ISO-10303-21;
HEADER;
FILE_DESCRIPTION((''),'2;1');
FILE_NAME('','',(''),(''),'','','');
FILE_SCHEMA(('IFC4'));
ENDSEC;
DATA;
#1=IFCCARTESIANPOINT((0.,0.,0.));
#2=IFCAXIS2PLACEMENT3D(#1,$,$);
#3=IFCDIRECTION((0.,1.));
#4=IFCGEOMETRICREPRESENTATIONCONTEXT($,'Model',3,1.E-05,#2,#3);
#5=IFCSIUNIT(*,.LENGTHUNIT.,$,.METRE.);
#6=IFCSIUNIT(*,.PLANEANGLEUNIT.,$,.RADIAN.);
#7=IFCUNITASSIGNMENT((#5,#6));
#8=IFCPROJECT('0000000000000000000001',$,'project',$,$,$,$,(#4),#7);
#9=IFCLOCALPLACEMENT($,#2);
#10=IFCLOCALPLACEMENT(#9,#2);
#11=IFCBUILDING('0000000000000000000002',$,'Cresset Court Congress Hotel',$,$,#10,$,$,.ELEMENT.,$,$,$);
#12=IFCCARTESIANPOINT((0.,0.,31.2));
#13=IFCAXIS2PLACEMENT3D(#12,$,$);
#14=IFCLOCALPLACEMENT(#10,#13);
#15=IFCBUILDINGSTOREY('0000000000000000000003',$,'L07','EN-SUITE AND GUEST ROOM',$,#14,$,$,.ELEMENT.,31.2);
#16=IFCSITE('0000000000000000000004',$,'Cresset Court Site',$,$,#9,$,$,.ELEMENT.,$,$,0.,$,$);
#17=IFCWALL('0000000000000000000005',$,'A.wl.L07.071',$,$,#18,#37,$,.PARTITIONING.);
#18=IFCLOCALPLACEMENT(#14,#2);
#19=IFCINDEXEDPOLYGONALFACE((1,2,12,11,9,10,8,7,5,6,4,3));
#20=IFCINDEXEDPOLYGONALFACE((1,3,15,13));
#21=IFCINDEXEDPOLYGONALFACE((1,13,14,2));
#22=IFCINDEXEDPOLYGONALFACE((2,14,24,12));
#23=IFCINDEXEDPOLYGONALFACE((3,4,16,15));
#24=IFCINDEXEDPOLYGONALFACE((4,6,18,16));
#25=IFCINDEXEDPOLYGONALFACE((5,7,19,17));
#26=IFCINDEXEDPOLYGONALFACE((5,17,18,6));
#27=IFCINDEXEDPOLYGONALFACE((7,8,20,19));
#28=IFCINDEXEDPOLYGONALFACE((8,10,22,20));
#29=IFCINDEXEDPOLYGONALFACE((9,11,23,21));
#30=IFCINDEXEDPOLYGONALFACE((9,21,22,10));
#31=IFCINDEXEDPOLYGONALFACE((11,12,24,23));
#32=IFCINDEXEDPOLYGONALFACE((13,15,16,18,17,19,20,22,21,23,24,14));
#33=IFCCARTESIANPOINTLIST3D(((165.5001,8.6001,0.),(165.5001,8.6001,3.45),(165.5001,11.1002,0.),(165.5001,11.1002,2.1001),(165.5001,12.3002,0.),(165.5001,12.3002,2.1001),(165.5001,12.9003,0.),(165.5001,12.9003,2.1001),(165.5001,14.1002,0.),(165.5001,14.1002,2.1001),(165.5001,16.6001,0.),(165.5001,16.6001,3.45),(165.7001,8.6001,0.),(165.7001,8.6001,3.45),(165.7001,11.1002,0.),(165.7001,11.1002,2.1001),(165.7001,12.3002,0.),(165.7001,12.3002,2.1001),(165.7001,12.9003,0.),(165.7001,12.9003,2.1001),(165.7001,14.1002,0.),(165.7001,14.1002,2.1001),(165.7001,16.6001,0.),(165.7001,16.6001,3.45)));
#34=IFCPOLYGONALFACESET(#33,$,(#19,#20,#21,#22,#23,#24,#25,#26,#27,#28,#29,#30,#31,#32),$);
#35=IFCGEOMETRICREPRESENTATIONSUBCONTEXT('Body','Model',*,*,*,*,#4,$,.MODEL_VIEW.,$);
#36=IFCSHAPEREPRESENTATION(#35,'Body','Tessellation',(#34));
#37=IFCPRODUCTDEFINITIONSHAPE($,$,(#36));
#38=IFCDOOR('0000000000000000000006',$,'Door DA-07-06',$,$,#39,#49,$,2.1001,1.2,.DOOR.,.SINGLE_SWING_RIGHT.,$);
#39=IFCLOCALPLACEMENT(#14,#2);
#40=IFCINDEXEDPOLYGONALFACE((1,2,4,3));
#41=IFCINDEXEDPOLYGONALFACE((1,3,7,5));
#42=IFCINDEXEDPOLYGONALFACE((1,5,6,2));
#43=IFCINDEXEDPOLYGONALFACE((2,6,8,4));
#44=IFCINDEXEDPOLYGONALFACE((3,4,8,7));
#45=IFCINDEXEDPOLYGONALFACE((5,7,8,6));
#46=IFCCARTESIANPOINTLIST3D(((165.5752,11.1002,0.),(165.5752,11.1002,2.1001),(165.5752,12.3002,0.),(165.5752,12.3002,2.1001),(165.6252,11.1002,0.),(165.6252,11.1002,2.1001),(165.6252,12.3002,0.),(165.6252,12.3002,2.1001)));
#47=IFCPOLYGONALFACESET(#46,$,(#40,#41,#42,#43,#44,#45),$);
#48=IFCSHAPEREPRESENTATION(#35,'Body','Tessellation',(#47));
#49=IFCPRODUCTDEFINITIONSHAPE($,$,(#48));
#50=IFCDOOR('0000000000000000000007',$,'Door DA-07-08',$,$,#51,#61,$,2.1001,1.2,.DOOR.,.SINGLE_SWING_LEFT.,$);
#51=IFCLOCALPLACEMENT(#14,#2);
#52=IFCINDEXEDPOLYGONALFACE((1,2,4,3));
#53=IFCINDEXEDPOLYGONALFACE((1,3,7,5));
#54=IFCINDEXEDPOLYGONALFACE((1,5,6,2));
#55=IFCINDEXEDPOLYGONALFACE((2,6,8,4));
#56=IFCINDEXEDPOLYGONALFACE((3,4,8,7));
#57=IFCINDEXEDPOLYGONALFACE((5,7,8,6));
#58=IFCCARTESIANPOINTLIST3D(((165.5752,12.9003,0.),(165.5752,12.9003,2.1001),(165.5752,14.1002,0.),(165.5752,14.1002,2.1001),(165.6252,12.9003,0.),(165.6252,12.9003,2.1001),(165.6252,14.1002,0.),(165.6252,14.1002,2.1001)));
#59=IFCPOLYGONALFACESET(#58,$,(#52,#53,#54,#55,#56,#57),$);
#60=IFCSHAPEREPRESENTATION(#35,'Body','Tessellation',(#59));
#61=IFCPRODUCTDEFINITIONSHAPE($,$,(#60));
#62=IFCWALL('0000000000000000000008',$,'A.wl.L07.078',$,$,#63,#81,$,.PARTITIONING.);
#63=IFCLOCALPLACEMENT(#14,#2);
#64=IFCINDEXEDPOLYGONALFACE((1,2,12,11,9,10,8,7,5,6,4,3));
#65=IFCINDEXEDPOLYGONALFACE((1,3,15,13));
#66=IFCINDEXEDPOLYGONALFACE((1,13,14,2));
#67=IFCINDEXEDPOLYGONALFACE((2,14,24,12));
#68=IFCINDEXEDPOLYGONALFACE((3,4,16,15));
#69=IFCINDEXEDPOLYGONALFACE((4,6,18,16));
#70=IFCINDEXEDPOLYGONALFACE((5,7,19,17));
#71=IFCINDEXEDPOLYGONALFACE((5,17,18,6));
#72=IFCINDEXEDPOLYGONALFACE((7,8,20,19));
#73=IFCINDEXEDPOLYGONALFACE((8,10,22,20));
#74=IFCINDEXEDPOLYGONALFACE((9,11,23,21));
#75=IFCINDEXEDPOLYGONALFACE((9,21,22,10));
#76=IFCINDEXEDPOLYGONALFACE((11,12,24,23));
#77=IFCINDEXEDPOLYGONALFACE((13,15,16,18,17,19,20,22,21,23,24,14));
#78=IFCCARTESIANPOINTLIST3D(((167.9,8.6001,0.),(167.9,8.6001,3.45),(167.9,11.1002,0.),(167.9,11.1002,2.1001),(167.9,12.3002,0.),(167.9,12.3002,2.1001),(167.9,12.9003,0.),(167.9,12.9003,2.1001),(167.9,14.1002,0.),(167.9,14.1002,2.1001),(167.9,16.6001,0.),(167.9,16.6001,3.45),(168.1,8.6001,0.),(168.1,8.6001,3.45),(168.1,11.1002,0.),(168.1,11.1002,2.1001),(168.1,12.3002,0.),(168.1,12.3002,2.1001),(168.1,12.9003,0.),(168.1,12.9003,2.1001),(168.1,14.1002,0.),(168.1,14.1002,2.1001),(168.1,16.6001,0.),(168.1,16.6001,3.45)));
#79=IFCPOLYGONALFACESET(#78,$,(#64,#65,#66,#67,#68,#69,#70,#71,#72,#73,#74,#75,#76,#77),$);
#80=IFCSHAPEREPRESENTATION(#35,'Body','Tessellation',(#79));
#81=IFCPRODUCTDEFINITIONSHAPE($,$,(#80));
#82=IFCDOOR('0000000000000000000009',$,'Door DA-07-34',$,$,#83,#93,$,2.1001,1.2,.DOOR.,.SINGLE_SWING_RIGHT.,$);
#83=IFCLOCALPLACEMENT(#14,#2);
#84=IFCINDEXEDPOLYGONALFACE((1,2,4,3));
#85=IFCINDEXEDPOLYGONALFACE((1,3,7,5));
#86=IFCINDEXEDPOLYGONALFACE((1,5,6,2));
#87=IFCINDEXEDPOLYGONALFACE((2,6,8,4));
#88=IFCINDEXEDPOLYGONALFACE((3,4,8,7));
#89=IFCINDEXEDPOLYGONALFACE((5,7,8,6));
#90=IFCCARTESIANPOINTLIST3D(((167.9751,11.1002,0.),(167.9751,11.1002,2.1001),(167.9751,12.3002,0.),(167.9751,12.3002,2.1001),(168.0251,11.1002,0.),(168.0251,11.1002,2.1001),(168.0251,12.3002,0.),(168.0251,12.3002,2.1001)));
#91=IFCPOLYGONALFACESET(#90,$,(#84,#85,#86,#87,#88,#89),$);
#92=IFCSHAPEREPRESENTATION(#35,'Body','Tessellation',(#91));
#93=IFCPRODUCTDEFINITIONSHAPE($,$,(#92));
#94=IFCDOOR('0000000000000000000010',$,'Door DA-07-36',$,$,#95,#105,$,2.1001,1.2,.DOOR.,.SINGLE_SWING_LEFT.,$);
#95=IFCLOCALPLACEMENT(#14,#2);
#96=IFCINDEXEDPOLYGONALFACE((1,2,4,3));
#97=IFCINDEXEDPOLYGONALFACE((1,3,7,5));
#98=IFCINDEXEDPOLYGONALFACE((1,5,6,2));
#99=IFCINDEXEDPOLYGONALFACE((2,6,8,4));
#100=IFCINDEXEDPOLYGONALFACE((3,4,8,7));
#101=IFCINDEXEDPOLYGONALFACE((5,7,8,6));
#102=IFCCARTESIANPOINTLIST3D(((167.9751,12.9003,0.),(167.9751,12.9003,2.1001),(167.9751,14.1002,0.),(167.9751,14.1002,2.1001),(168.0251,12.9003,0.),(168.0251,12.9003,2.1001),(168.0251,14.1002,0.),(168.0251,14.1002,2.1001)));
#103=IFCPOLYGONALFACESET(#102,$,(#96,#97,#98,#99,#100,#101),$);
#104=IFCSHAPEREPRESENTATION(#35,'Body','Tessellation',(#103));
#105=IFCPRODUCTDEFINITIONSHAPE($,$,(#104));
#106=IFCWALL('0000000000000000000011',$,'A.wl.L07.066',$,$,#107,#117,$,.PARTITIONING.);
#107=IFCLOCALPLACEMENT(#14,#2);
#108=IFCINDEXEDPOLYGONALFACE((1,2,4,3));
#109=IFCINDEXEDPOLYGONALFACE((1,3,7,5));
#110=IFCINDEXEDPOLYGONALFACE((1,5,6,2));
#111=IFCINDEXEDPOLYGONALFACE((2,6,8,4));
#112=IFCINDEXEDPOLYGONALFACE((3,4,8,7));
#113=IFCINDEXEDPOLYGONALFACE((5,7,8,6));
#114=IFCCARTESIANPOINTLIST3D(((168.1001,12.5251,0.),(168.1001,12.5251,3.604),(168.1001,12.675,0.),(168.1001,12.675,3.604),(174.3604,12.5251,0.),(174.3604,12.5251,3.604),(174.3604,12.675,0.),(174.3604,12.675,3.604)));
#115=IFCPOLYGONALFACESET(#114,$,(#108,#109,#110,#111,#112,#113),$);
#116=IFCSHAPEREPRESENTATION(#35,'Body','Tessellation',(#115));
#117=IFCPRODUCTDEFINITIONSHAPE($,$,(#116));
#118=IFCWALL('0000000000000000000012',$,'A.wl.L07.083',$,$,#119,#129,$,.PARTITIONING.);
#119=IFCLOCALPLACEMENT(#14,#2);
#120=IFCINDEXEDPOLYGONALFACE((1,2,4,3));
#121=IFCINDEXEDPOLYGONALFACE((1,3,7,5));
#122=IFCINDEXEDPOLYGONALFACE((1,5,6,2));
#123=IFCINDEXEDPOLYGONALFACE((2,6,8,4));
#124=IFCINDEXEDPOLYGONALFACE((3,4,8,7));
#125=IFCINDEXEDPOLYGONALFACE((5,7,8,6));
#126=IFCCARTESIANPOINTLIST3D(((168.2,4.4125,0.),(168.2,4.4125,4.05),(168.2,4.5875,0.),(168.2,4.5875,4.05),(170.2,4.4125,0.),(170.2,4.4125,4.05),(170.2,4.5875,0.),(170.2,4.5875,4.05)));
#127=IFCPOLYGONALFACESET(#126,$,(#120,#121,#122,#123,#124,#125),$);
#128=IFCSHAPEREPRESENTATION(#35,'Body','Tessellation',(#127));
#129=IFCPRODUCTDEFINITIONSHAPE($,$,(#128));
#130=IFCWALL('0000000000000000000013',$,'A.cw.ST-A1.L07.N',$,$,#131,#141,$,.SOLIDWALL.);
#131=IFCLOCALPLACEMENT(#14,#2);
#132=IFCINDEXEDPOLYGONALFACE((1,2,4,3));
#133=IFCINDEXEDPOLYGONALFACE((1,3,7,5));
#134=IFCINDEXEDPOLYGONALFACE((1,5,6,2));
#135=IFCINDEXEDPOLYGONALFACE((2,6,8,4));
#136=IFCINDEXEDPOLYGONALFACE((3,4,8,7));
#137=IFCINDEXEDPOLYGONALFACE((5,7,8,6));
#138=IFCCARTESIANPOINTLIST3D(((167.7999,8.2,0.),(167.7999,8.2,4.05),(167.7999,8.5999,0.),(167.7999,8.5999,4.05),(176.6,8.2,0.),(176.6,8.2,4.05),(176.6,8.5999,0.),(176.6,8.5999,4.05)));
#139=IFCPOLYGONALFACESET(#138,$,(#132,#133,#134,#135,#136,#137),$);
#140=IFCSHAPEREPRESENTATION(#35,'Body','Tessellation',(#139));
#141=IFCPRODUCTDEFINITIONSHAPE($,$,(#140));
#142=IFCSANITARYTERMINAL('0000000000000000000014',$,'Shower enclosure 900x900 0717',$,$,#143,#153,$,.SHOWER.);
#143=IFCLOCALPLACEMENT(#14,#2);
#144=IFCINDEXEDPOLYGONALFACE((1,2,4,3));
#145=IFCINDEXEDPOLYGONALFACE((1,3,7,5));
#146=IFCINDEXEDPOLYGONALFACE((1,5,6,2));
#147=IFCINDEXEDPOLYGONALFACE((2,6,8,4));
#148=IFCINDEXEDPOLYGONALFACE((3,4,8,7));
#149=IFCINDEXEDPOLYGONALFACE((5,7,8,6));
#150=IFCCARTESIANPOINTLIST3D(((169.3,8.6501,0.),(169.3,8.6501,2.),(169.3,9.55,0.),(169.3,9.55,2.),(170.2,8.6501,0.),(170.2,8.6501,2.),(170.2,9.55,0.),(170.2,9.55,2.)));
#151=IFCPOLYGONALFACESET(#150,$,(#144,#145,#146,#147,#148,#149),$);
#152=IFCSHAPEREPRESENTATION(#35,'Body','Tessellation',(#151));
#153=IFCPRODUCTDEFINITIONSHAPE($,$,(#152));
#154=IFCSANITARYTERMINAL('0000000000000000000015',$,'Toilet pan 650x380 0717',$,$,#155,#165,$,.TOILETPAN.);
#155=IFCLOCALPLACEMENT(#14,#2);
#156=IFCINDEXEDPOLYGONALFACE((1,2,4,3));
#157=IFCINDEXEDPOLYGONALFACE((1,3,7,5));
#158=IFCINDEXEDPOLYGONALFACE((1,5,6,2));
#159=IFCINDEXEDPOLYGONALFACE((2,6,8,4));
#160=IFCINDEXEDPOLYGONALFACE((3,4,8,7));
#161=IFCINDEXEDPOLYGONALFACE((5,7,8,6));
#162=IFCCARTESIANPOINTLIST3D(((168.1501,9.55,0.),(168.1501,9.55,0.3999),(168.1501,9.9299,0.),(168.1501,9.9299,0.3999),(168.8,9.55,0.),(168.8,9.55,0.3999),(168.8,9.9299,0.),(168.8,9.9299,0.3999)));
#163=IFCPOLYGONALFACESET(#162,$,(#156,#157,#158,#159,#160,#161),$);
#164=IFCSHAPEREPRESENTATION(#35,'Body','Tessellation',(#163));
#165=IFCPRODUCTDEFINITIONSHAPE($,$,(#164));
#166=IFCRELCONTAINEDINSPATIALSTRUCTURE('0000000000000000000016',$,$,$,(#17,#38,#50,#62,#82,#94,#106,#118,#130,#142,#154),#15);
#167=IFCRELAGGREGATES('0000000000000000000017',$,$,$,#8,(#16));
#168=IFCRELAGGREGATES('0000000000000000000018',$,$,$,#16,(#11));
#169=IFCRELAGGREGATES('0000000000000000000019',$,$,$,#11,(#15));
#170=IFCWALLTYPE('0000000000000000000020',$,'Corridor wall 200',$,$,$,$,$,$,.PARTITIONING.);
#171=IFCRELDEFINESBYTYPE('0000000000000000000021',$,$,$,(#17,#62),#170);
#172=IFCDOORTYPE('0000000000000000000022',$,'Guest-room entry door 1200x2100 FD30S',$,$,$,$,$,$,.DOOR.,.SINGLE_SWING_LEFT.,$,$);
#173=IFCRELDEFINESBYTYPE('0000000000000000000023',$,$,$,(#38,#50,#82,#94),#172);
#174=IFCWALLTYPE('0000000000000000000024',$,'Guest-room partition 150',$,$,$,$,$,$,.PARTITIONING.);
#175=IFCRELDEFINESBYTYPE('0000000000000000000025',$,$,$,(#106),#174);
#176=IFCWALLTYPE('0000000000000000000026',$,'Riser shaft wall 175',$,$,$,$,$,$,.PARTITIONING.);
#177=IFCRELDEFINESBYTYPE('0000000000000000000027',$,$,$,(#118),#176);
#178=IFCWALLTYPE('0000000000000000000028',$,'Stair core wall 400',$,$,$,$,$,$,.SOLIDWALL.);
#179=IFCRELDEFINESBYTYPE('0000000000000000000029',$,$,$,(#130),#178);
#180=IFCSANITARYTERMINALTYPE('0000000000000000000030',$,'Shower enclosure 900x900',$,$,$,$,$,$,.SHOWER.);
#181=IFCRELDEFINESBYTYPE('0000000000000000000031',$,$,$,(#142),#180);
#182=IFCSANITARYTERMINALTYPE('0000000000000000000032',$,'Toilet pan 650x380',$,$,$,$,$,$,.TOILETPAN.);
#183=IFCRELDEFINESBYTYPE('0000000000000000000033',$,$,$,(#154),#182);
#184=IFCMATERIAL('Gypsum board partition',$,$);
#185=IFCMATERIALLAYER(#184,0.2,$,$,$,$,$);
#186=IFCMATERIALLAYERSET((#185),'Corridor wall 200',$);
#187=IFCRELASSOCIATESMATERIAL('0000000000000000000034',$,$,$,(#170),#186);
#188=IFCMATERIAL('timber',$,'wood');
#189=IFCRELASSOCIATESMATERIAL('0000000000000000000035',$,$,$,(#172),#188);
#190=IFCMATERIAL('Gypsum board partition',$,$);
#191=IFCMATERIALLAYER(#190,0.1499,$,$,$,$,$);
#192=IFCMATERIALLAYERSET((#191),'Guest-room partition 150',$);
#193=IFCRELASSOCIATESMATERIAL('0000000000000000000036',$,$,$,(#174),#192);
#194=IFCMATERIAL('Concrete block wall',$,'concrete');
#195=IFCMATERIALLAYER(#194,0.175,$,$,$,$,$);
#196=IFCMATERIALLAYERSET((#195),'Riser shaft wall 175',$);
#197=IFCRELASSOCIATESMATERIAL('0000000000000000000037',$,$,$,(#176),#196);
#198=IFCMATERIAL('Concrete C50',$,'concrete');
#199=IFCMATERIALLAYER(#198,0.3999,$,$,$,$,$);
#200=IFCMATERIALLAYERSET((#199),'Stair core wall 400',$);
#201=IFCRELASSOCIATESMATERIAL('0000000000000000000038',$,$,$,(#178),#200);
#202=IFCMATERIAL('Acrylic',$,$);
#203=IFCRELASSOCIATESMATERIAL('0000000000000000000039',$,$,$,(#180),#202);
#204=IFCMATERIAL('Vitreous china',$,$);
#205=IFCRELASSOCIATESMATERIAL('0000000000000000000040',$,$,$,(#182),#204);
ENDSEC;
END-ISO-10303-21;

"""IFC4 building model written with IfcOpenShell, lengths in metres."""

from ifc_helpers import new_model, si_unit, direction, frame, frame_2d, origin, origin_2d, place, context, subcontext, project, spatial, rectangle, extrude, material, layer, layer_set, type_object, element, fill, save


model = new_model("IFC4")

# Units and contexts
model_context = context("Model", 3, precision=1e-05, world=origin(), true_north=direction((0.0, 1.0)))
body_context = subcontext(model_context, "Body", "Model", "MODEL_VIEW")
ifc_project = project(units=[si_unit("LENGTHUNIT", "METRE"), si_unit("PLANEANGLEUNIT", "RADIAN")], contexts=[model_context])

# Site, building, storey
site_placement = place(None, origin())
site = spatial("IfcSite", under=ifc_project, at=site_placement, Name="Cresset Court Site", CompositionType="ELEMENT", RefElevation=0.0)
building_placement = place(site_placement, origin())
building = spatial("IfcBuilding", under=site, at=building_placement, Name="Cresset Court Congress Hotel", CompositionType="ELEMENT")
storey_placement = place(building_placement, frame((0.0, 0.0, 31.2)))
storey = spatial("IfcBuildingStorey", under=building, at=storey_placement, Name="L07", Description="EN-SUITE AND GUEST ROOM", CompositionType="ELEMENT", Elevation=31.2)

# Walls, openings, doors
ifc_material_1 = material(Name="Gypsum board partition")
ifc_layer_1 = layer(ifc_material_1, 0.2)
ifc_layer_set_1 = layer_set([ifc_layer_1], Name="Corridor wall 200")
wall_type_1 = type_object("IfcWallType", Name="Corridor wall 200", PredefinedType="PARTITIONING", material=ifc_layer_set_1)
wall_1_placement = place(storey_placement, frame((165.6001, 8.6001, 0.0), z_axis=(0.0, 0.0, 1.0), x_axis=(0.0, 1.0, 0.0)))
wall_1 = element("IfcWall", 1, at=wall_1_placement, inside=storey, type_object=wall_type_1, Name="A.wl.L07.071", PredefinedType="PARTITIONING", context=body_context, shape_type="SweptSolid", body=[
    extrude(rectangle(XDim=8.0, YDim=0.2, at=frame_2d((4.0, 0.0))), origin(), (0.0, 0.0, 1.0), 3.45),
])
opening_1_placement = place(wall_1_placement, frame((2.5, 0.0, 0.0)))
opening_1 = element("IfcOpeningElement", 2, at=opening_1_placement, cuts=wall_1, PredefinedType="OPENING", context=body_context, shape_type="SweptSolid", body=[
    extrude(rectangle(XDim=1.2, YDim=2.1001, at=frame_2d((0.6001, 1.05))), frame((0.0, 0.1099, 0.0), z_axis=(0.0, -1.0, 0.0), x_axis=(1.0, 0.0, 0.0)), (0.0, 0.0, 1.0), 0.22),
])
opening_2_placement = place(wall_1_placement, frame((4.3, 0.0, 0.0)))
opening_2 = element("IfcOpeningElement", 3, at=opening_2_placement, cuts=wall_1, PredefinedType="OPENING", context=body_context, shape_type="SweptSolid", body=[
    extrude(rectangle(XDim=1.2, YDim=2.1001, at=frame_2d((0.6001, 1.05))), frame((0.0, 0.1099, 0.0), z_axis=(0.0, -1.0, 0.0), x_axis=(1.0, 0.0, 0.0)), (0.0, 0.0, 1.0), 0.22),
])
ifc_material_2 = material(Name="timber", Category="wood")
door_type = type_object("IfcDoorType", Name="Guest-room entry door 1200x2100 FD30S", OperationType="SINGLE_SWING_LEFT", PredefinedType="DOOR", material=ifc_material_2)
door_1_placement = place(opening_1_placement, origin())
door_1 = element("IfcDoor", 4, at=door_1_placement, inside=storey, type_object=door_type, Name="Door DA-07-06", OperationType="SINGLE_SWING_RIGHT", OverallHeight=2.1001, OverallWidth=1.2, PredefinedType="DOOR", context=body_context, shape_type="SweptSolid", body=[
    extrude(rectangle(XDim=1.2, YDim=2.1001, at=frame_2d((0.6001, 1.05))), frame((0.0, 0.0249, 0.0), z_axis=(0.0, -1.0, 0.0), x_axis=(1.0, 0.0, 0.0)), (0.0, 0.0, 1.0), 0.05),
])
fill(opening_1, door_1)
door_2_placement = place(opening_2_placement, origin())
door_2 = element("IfcDoor", 5, at=door_2_placement, inside=storey, type_object=door_type, Name="Door DA-07-08", OperationType="SINGLE_SWING_LEFT", OverallHeight=2.1001, OverallWidth=1.2, PredefinedType="DOOR", context=body_context, shape_type="SweptSolid", body=[
    extrude(rectangle(XDim=1.2, YDim=2.1001, at=frame_2d((0.6001, 1.05))), frame((0.0, 0.0249, 0.0), z_axis=(0.0, -1.0, 0.0), x_axis=(1.0, 0.0, 0.0)), (0.0, 0.0, 1.0), 0.05),
])
fill(opening_2, door_2)
wall_2_placement = place(storey_placement, frame((168.0, 8.6001, 0.0), z_axis=(0.0, 0.0, 1.0), x_axis=(0.0, 1.0, 0.0)))
wall_2 = element("IfcWall", 6, at=wall_2_placement, inside=storey, type_object=wall_type_1, Name="A.wl.L07.078", PredefinedType="PARTITIONING", context=body_context, shape_type="SweptSolid", body=[
    extrude(rectangle(XDim=8.0, YDim=0.2, at=frame_2d((4.0, 0.0))), origin(), (0.0, 0.0, 1.0), 3.45),
])
opening_3_placement = place(wall_2_placement, frame((2.5, 0.0, 0.0)))
opening_3 = element("IfcOpeningElement", 7, at=opening_3_placement, cuts=wall_2, PredefinedType="OPENING", context=body_context, shape_type="SweptSolid", body=[
    extrude(rectangle(XDim=1.2, YDim=2.1001, at=frame_2d((0.6001, 1.05))), frame((0.0, 0.1099, 0.0), z_axis=(0.0, -1.0, 0.0), x_axis=(1.0, 0.0, 0.0)), (0.0, 0.0, 1.0), 0.22),
])
opening_4_placement = place(wall_2_placement, frame((4.3, 0.0, 0.0)))
opening_4 = element("IfcOpeningElement", 8, at=opening_4_placement, cuts=wall_2, PredefinedType="OPENING", context=body_context, shape_type="SweptSolid", body=[
    extrude(rectangle(XDim=1.2, YDim=2.1001, at=frame_2d((0.6001, 1.05))), frame((0.0, 0.1099, 0.0), z_axis=(0.0, -1.0, 0.0), x_axis=(1.0, 0.0, 0.0)), (0.0, 0.0, 1.0), 0.22),
])
door_3_placement = place(opening_3_placement, origin())
door_3 = element("IfcDoor", 9, at=door_3_placement, inside=storey, type_object=door_type, Name="Door DA-07-34", OperationType="SINGLE_SWING_RIGHT", OverallHeight=2.1001, OverallWidth=1.2, PredefinedType="DOOR", context=body_context, shape_type="SweptSolid", body=[
    extrude(rectangle(XDim=1.2, YDim=2.1001, at=frame_2d((0.6001, 1.05))), frame((0.0, 0.0249, 0.0), z_axis=(0.0, -1.0, 0.0), x_axis=(1.0, 0.0, 0.0)), (0.0, 0.0, 1.0), 0.05),
])
fill(opening_3, door_3)
door_4_placement = place(opening_4_placement, origin())
door_4 = element("IfcDoor", 10, at=door_4_placement, inside=storey, type_object=door_type, Name="Door DA-07-36", OperationType="SINGLE_SWING_LEFT", OverallHeight=2.1001, OverallWidth=1.2, PredefinedType="DOOR", context=body_context, shape_type="SweptSolid", body=[
    extrude(rectangle(XDim=1.2, YDim=2.1001, at=frame_2d((0.6001, 1.05))), frame((0.0, 0.0249, 0.0), z_axis=(0.0, -1.0, 0.0), x_axis=(1.0, 0.0, 0.0)), (0.0, 0.0, 1.0), 0.05),
])
fill(opening_4, door_4)

# Walls
ifc_material_3 = material(Name="Gypsum board partition")
ifc_layer_2 = layer(ifc_material_3, 0.1499)
ifc_layer_set_2 = layer_set([ifc_layer_2], Name="Guest-room partition 150")
wall_type_2 = type_object("IfcWallType", Name="Guest-room partition 150", PredefinedType="PARTITIONING", material=ifc_layer_set_2)
wall_3_placement = place(storey_placement, frame((168.1001, 12.6001, 0.0), z_axis=(0.0, 0.0, 1.0), x_axis=(1.0, 0.0, 0.0)))
element("IfcWall", 11, at=wall_3_placement, inside=storey, type_object=wall_type_2, Name="A.wl.L07.066", PredefinedType="PARTITIONING", context=body_context, shape_type="SweptSolid", body=[
    extrude(rectangle(XDim=6.2603, YDim=0.1499, at=frame_2d((3.1301, 0.0))), origin(), (0.0, 0.0, 1.0), 3.604),
])
ifc_material_4 = material(Name="Concrete block wall", Category="concrete")
ifc_layer_3 = layer(ifc_material_4, 0.175)
ifc_layer_set_3 = layer_set([ifc_layer_3], Name="Riser shaft wall 175")
wall_type_3 = type_object("IfcWallType", Name="Riser shaft wall 175", PredefinedType="PARTITIONING", material=ifc_layer_set_3)
wall_4_placement = place(storey_placement, frame((168.2, 4.5, 0.0), z_axis=(0.0, 0.0, 1.0), x_axis=(1.0, 0.0, 0.0)))
element("IfcWall", 12, at=wall_4_placement, inside=storey, type_object=wall_type_3, Name="A.wl.L07.083", PredefinedType="PARTITIONING", context=body_context, shape_type="SweptSolid", body=[
    extrude(rectangle(XDim=2.0, YDim=0.175, at=frame_2d((1.0, 0.0))), origin(), (0.0, 0.0, 1.0), 4.05),
])
ifc_material_5 = material(Name="Concrete C50", Category="concrete")
ifc_layer_4 = layer(ifc_material_5, 0.3999)
ifc_layer_set_4 = layer_set([ifc_layer_4], Name="Stair core wall 400")
wall_type_4 = type_object("IfcWallType", Name="Stair core wall 400", PredefinedType="SOLIDWALL", material=ifc_layer_set_4)
wall_5_placement = place(storey_placement, frame((167.8, 8.3999, 0.0), z_axis=(0.0, 0.0, 1.0), x_axis=(1.0, 0.0, 0.0)))
element("IfcWall", 13, at=wall_5_placement, inside=storey, type_object=wall_type_4, Name="A.cw.ST-A1.L07.N", PredefinedType="SOLIDWALL", context=body_context, shape_type="SweptSolid", body=[
    extrude(rectangle(XDim=8.8, YDim=0.3999, at=frame_2d((4.3999, 0.0))), origin(), (0.0, 0.0, 1.0), 4.05),
])

# Sanitary terminals
ifc_material_6 = material(Name="Acrylic")
sanitary_terminal_type_1 = type_object("IfcSanitaryTerminalType", Name="Shower enclosure 900x900", PredefinedType="SHOWER", material=ifc_material_6)
sanitary_terminal_1_placement = place(storey_placement, frame((169.75, 9.1001, 0.0), z_axis=(0.0, 0.0, 1.0), x_axis=(1.0, 0.0, 0.0)))
element("IfcSanitaryTerminal", 14, at=sanitary_terminal_1_placement, inside=storey, type_object=sanitary_terminal_type_1, Name="Shower enclosure 900x900 0717", PredefinedType="SHOWER", context=body_context, shape_type="SweptSolid", body=[
    extrude(rectangle(XDim=0.8999, YDim=0.8999, at=origin_2d()), origin(), (0.0, 0.0, 1.0), 2.0),
])
ifc_material_7 = material(Name="Vitreous china")
sanitary_terminal_type_2 = type_object("IfcSanitaryTerminalType", Name="Toilet pan 650x380", PredefinedType="TOILETPAN", material=ifc_material_7)
sanitary_terminal_2_placement = place(storey_placement, frame((168.4751, 9.74, 0.0), z_axis=(0.0, 0.0, 1.0), x_axis=(1.0, 0.0, 0.0)))
element("IfcSanitaryTerminal", 15, at=sanitary_terminal_2_placement, inside=storey, type_object=sanitary_terminal_type_2, Name="Toilet pan 650x380 0717", PredefinedType="TOILETPAN", context=body_context, shape_type="SweptSolid", body=[
    extrude(rectangle(XDim=0.6499, YDim=0.3799, at=origin_2d()), origin(), (0.0, 0.0, 1.0), 0.3999),
])

save(model, "model.ifc")
